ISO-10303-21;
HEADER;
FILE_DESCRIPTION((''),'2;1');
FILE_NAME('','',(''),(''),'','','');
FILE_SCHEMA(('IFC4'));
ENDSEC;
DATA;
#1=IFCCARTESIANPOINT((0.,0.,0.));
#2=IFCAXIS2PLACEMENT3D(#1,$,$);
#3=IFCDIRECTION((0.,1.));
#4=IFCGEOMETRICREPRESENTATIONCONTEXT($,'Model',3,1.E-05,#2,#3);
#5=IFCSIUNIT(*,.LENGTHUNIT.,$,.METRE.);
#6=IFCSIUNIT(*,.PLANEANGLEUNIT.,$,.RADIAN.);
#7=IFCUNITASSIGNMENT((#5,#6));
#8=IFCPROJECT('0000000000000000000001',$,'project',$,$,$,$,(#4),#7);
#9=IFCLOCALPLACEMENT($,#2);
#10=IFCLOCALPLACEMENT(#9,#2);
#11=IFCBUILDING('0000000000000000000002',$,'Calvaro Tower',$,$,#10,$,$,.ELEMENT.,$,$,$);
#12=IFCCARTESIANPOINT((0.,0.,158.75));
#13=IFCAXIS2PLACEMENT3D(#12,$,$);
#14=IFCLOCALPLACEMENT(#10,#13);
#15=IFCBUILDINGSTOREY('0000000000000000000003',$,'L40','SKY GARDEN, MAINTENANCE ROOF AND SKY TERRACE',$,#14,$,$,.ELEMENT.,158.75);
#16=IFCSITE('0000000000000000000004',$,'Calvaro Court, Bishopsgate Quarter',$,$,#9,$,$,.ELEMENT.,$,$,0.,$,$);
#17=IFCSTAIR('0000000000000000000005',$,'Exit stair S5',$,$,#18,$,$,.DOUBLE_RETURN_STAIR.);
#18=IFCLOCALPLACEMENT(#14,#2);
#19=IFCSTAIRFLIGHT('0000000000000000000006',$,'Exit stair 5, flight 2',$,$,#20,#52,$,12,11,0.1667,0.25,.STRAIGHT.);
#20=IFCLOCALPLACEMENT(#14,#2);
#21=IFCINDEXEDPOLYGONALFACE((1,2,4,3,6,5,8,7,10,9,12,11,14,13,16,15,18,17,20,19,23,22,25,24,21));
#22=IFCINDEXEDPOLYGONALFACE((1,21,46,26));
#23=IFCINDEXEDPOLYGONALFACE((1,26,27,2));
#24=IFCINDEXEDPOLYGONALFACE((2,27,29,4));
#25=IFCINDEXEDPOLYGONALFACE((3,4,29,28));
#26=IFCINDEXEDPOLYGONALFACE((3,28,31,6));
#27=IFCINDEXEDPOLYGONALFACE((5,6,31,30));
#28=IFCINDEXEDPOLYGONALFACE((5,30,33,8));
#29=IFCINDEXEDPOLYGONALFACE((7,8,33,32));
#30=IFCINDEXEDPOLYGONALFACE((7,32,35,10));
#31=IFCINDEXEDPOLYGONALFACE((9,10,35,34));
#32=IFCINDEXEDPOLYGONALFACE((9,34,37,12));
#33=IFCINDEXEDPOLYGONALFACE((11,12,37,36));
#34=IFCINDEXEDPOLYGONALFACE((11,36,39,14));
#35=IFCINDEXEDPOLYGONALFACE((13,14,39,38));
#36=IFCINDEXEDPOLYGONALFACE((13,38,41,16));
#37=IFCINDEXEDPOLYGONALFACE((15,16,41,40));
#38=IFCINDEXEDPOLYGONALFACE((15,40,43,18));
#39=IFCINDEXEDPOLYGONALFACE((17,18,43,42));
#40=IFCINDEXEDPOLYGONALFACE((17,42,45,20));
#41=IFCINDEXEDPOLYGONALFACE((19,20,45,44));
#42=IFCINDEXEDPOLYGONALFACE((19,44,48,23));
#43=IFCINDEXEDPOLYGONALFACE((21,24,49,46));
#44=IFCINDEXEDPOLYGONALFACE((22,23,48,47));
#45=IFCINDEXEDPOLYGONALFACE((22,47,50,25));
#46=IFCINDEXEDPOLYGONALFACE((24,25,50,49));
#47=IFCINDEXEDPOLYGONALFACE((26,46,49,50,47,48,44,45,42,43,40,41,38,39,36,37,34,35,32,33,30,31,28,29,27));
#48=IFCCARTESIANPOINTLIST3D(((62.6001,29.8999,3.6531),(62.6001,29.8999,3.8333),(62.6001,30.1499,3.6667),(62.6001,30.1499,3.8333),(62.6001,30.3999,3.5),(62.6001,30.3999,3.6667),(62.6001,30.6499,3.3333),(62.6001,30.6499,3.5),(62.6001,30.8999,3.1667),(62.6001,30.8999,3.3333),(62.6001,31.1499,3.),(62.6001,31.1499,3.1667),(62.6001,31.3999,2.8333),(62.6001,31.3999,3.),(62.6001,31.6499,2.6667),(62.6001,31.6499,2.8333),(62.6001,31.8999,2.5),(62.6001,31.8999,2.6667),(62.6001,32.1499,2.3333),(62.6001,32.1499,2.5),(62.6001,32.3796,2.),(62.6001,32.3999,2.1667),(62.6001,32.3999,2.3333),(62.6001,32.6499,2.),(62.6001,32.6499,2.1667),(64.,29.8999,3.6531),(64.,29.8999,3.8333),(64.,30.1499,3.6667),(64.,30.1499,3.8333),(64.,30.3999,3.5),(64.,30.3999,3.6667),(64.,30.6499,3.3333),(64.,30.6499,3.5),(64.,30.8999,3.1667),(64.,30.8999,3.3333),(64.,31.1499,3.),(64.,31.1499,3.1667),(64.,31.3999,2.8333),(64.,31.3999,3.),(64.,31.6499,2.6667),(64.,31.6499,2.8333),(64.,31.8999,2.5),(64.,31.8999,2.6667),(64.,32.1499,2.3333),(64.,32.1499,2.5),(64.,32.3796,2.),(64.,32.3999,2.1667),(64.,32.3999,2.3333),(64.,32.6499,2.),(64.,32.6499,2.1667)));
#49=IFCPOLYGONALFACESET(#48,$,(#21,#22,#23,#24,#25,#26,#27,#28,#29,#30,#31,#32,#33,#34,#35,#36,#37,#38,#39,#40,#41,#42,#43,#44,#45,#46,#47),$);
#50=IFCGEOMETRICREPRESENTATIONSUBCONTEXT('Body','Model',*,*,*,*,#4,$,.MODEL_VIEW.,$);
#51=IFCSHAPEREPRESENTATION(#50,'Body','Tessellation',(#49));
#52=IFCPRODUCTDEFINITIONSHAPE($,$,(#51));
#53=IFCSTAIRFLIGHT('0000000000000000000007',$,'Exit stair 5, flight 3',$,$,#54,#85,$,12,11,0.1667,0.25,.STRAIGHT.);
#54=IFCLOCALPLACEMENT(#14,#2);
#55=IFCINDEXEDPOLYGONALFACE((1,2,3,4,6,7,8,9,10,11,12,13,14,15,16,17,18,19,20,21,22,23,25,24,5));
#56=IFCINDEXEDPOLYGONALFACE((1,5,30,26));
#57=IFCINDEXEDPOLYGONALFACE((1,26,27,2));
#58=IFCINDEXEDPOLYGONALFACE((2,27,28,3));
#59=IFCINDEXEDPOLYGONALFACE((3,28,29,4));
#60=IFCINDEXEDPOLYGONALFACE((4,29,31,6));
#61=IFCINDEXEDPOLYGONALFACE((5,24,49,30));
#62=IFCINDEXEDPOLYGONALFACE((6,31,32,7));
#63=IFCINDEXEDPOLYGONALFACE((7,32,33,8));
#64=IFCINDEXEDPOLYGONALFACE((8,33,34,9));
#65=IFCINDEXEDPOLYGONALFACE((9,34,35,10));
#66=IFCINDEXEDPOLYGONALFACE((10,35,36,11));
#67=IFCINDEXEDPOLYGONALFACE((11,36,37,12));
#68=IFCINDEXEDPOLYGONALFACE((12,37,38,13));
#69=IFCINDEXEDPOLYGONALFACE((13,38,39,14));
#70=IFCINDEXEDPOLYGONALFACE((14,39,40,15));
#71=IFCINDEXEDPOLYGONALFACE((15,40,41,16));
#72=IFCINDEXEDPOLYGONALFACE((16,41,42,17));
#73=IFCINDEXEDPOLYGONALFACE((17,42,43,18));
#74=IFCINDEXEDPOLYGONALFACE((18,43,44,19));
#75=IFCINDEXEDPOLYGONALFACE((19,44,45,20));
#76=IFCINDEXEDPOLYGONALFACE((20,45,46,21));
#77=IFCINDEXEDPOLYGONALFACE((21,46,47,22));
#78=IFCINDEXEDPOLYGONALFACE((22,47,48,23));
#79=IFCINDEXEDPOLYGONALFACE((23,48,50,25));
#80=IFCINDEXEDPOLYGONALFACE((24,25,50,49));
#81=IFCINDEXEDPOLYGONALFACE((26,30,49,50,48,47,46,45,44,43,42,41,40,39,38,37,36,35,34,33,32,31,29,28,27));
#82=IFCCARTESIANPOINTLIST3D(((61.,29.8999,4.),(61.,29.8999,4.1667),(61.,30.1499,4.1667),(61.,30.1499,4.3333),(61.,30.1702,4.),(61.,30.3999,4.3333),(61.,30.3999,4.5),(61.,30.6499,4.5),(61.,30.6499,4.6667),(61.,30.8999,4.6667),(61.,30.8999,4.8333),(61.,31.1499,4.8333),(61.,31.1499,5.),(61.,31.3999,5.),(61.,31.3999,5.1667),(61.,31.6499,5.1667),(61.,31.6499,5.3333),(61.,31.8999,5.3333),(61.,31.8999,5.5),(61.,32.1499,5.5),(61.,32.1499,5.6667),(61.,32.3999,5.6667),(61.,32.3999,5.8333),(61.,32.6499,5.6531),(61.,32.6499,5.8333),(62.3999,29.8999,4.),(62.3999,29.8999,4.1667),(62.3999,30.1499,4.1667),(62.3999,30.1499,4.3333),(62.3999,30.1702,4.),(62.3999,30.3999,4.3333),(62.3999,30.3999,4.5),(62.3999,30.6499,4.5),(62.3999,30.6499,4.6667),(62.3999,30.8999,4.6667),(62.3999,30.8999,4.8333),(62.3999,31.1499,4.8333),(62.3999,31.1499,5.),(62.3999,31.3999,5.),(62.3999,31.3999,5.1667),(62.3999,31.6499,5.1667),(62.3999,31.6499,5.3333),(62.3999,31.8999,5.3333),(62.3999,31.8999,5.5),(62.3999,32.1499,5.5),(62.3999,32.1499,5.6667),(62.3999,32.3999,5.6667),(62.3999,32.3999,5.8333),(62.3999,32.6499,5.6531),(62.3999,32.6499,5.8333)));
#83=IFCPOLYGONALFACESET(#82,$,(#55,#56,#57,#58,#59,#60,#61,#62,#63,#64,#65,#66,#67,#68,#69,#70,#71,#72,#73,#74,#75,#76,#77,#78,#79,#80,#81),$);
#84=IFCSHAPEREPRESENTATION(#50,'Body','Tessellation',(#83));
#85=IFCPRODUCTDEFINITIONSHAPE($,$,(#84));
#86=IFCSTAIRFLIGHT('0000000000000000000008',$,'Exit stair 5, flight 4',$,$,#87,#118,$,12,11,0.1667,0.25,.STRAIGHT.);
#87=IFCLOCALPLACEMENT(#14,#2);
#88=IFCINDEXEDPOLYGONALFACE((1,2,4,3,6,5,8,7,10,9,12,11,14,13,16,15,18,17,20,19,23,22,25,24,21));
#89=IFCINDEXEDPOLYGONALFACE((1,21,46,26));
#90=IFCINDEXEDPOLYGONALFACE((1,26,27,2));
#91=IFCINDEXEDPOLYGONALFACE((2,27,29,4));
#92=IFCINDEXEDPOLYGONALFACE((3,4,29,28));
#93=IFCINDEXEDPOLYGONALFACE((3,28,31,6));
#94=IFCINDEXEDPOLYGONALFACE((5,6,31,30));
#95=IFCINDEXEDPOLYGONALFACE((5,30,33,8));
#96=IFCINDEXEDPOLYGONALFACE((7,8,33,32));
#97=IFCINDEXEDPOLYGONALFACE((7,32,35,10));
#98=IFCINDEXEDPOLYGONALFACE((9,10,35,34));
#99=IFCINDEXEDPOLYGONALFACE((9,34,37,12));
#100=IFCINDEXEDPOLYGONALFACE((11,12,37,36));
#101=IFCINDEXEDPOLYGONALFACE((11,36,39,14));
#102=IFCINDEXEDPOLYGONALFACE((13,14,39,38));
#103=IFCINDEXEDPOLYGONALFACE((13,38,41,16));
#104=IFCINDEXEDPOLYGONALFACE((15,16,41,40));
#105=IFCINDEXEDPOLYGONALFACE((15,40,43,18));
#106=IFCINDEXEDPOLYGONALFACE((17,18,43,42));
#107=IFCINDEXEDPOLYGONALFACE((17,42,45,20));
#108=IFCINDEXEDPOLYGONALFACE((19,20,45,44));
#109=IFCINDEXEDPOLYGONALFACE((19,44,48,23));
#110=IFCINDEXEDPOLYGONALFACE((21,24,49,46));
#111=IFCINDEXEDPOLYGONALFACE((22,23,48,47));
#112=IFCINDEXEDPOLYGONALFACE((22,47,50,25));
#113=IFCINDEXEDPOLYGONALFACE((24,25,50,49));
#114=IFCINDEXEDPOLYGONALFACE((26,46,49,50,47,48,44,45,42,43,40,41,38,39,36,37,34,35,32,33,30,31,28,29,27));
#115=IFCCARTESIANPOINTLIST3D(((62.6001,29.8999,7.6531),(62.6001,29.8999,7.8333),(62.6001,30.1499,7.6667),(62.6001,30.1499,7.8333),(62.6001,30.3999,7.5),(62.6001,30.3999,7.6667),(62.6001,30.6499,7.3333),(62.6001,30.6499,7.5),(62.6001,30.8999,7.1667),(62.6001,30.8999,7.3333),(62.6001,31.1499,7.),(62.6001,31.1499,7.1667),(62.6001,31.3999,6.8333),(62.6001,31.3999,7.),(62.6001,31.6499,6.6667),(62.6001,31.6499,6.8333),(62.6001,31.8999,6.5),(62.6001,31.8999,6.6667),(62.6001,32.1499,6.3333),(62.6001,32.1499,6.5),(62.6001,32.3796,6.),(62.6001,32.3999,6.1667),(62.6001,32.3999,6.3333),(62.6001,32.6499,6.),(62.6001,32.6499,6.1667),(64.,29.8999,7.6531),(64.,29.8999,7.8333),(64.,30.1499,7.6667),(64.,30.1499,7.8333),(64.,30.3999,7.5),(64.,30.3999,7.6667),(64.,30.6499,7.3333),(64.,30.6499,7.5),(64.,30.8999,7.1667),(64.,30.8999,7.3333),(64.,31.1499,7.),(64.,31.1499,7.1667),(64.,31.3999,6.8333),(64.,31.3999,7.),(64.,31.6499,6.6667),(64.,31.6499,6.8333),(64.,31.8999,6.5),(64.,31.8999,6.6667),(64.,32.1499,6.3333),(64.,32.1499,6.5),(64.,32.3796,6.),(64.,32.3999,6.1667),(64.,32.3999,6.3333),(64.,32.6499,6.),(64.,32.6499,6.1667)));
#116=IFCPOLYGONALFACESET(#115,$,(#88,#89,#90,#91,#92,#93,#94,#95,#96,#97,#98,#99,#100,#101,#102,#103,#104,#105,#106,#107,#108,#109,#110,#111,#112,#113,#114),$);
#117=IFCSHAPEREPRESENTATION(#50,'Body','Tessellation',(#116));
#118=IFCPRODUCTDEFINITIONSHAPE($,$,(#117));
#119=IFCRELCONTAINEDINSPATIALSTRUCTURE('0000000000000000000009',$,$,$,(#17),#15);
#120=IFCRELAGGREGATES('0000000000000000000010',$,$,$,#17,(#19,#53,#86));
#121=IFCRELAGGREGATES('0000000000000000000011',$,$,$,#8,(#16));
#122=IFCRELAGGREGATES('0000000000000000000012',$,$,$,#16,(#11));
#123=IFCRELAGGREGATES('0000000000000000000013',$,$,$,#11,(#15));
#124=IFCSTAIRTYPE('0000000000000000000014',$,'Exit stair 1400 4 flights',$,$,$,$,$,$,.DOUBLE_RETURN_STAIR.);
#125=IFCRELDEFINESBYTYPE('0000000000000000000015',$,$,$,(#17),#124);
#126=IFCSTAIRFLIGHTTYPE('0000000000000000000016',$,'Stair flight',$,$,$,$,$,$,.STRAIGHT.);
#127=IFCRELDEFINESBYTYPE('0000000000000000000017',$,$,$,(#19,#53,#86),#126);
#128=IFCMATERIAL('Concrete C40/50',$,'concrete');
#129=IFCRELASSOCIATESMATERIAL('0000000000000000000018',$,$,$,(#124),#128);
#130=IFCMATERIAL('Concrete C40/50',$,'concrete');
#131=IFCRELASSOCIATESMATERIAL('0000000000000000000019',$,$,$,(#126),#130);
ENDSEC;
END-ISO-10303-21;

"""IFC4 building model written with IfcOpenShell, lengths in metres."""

from ifc_helpers import new_model, si_unit, direction, frame, origin, place, context, subcontext, project, spatial, polyline, outline, extrude, material, type_object, element, aggregate, save


model = new_model("IFC4")

# Units and contexts
model_context = context("Model", 3, precision=1e-05, world=origin(), true_north=direction((0.0, 1.0)))
body_context = subcontext(model_context, "Body", "Model", "MODEL_VIEW")
ifc_project = project(units=[si_unit("LENGTHUNIT", "METRE"), si_unit("PLANEANGLEUNIT", "RADIAN")], contexts=[model_context])

# Site, building, storey
site_placement = place(None, origin())
site = spatial("IfcSite", under=ifc_project, at=site_placement, Name="Calvaro Court, Bishopsgate Quarter", CompositionType="ELEMENT", RefElevation=0.0)
building_placement = place(site_placement, origin())
building = spatial("IfcBuilding", under=site, at=building_placement, Name="Calvaro Tower", CompositionType="ELEMENT")
storey_placement = place(building_placement, frame((0.0, 0.0, 158.75)))
storey = spatial("IfcBuildingStorey", under=building, at=storey_placement, Name="L40", Description="SKY GARDEN, MAINTENANCE ROOF AND SKY TERRACE", CompositionType="ELEMENT", Elevation=158.75)

# Stair, stair flights
ifc_material_1 = material(Name="Concrete C40/50", Category="concrete")
stair_type = type_object("IfcStairType", Name="Exit stair 1400 4 flights", PredefinedType="DOUBLE_RETURN_STAIR", material=ifc_material_1)
stair_1_placement = place(storey_placement, origin())
stair_1 = element("IfcStair", 1, at=stair_1_placement, inside=storey, type_object=stair_type, Name="Exit stair S5", PredefinedType="DOUBLE_RETURN_STAIR")
ifc_material_2 = material(Name="Concrete C40/50", Category="concrete")
stair_flight_type = type_object("IfcStairFlightType", Name="Stair flight", PredefinedType="STRAIGHT", material=ifc_material_2)
stair_flight_1_placement = place(storey_placement, frame((63.3, 32.6499, 2.0), z_axis=(0.0, 0.0, 1.0), x_axis=(0.0, -1.0, 0.0)))
stair_flight_1 = element("IfcStairFlight", 2, at=stair_flight_1_placement, type_object=stair_flight_type, Name="Exit stair 5, flight 2", NumberOfRisers=12, NumberOfTreads=11, PredefinedType="STRAIGHT", RiserHeight=0.1667, TreadLength=0.25, context=body_context, shape_type="SweptSolid", body=[
    extrude(outline(polyline([(0.0, 0.0), (0.0, 0.1667), (0.25, 0.1667), (0.25, 0.3333), (0.5, 0.3333), (0.5, 0.5), (0.75, 0.5), (0.75, 0.6667), (1.0, 0.6667), (1.0, 0.8333), (1.25, 0.8333), (1.25, 1.0), (1.5, 1.0), (1.5, 1.1667), (1.75, 1.1667), (1.75, 1.3333), (2.0, 1.3333), (2.0, 1.5), (2.25, 1.5), (2.25, 1.6667), (2.5, 1.6667), (2.5, 1.8333), (2.75, 1.8333), (2.75, 2.0), (2.75, 1.6531), (0.2703, 0.0), (0.0, 0.0)])), frame((0.0, 0.7, 0.0), z_axis=(0.0, -1.0, 0.0), x_axis=(1.0, 0.0, 0.0)), (0.0, 0.0, 1.0), 1.3999),
])
stair_flight_2_placement = place(storey_placement, frame((61.7, 29.8999, 4.0), z_axis=(0.0, 0.0, 1.0), x_axis=(0.0, 1.0, 0.0)))
stair_flight_2 = element("IfcStairFlight", 3, at=stair_flight_2_placement, type_object=stair_flight_type, Name="Exit stair 5, flight 3", NumberOfRisers=12, NumberOfTreads=11, PredefinedType="STRAIGHT", RiserHeight=0.1667, TreadLength=0.25, context=body_context, shape_type="SweptSolid", body=[
    extrude(outline(polyline([(0.0, 0.0), (0.0, 0.1667), (0.25, 0.1667), (0.25, 0.3333), (0.5, 0.3333), (0.5, 0.5), (0.75, 0.5), (0.75, 0.6667), (1.0, 0.6667), (1.0, 0.8333), (1.25, 0.8333), (1.25, 1.0), (1.5, 1.0), (1.5, 1.1667), (1.75, 1.1667), (1.75, 1.3333), (2.0, 1.3333), (2.0, 1.5), (2.25, 1.5), (2.25, 1.6667), (2.5, 1.6667), (2.5, 1.8333), (2.75, 1.8333), (2.75, 2.0), (2.75, 1.6531), (0.2703, 0.0), (0.0, 0.0)])), frame((0.0, 0.7, 0.0), z_axis=(0.0, -1.0, 0.0), x_axis=(1.0, 0.0, 0.0)), (0.0, 0.0, 1.0), 1.3999),
])
stair_flight_3_placement = place(storey_placement, frame((63.3, 32.6499, 6.0), z_axis=(0.0, 0.0, 1.0), x_axis=(0.0, -1.0, 0.0)))
stair_flight_3 = element("IfcStairFlight", 4, at=stair_flight_3_placement, type_object=stair_flight_type, Name="Exit stair 5, flight 4", NumberOfRisers=12, NumberOfTreads=11, PredefinedType="STRAIGHT", RiserHeight=0.1667, TreadLength=0.25, context=body_context, shape_type="SweptSolid", body=[
    extrude(outline(polyline([(0.0, 0.0), (0.0, 0.1667), (0.25, 0.1667), (0.25, 0.3333), (0.5, 0.3333), (0.5, 0.5), (0.75, 0.5), (0.75, 0.6667), (1.0, 0.6667), (1.0, 0.8333), (1.25, 0.8333), (1.25, 1.0), (1.5, 1.0), (1.5, 1.1667), (1.75, 1.1667), (1.75, 1.3333), (2.0, 1.3333), (2.0, 1.5), (2.25, 1.5), (2.25, 1.6667), (2.5, 1.6667), (2.5, 1.8333), (2.75, 1.8333), (2.75, 2.0), (2.75, 1.6531), (0.2703, 0.0), (0.0, 0.0)])), frame((0.0, 0.7, 0.0), z_axis=(0.0, -1.0, 0.0), x_axis=(1.0, 0.0, 0.0)), (0.0, 0.0, 1.0), 1.3999),
])

aggregate(stair_1, [stair_flight_1, stair_flight_2, stair_flight_3])

save(model, "model.ifc")
